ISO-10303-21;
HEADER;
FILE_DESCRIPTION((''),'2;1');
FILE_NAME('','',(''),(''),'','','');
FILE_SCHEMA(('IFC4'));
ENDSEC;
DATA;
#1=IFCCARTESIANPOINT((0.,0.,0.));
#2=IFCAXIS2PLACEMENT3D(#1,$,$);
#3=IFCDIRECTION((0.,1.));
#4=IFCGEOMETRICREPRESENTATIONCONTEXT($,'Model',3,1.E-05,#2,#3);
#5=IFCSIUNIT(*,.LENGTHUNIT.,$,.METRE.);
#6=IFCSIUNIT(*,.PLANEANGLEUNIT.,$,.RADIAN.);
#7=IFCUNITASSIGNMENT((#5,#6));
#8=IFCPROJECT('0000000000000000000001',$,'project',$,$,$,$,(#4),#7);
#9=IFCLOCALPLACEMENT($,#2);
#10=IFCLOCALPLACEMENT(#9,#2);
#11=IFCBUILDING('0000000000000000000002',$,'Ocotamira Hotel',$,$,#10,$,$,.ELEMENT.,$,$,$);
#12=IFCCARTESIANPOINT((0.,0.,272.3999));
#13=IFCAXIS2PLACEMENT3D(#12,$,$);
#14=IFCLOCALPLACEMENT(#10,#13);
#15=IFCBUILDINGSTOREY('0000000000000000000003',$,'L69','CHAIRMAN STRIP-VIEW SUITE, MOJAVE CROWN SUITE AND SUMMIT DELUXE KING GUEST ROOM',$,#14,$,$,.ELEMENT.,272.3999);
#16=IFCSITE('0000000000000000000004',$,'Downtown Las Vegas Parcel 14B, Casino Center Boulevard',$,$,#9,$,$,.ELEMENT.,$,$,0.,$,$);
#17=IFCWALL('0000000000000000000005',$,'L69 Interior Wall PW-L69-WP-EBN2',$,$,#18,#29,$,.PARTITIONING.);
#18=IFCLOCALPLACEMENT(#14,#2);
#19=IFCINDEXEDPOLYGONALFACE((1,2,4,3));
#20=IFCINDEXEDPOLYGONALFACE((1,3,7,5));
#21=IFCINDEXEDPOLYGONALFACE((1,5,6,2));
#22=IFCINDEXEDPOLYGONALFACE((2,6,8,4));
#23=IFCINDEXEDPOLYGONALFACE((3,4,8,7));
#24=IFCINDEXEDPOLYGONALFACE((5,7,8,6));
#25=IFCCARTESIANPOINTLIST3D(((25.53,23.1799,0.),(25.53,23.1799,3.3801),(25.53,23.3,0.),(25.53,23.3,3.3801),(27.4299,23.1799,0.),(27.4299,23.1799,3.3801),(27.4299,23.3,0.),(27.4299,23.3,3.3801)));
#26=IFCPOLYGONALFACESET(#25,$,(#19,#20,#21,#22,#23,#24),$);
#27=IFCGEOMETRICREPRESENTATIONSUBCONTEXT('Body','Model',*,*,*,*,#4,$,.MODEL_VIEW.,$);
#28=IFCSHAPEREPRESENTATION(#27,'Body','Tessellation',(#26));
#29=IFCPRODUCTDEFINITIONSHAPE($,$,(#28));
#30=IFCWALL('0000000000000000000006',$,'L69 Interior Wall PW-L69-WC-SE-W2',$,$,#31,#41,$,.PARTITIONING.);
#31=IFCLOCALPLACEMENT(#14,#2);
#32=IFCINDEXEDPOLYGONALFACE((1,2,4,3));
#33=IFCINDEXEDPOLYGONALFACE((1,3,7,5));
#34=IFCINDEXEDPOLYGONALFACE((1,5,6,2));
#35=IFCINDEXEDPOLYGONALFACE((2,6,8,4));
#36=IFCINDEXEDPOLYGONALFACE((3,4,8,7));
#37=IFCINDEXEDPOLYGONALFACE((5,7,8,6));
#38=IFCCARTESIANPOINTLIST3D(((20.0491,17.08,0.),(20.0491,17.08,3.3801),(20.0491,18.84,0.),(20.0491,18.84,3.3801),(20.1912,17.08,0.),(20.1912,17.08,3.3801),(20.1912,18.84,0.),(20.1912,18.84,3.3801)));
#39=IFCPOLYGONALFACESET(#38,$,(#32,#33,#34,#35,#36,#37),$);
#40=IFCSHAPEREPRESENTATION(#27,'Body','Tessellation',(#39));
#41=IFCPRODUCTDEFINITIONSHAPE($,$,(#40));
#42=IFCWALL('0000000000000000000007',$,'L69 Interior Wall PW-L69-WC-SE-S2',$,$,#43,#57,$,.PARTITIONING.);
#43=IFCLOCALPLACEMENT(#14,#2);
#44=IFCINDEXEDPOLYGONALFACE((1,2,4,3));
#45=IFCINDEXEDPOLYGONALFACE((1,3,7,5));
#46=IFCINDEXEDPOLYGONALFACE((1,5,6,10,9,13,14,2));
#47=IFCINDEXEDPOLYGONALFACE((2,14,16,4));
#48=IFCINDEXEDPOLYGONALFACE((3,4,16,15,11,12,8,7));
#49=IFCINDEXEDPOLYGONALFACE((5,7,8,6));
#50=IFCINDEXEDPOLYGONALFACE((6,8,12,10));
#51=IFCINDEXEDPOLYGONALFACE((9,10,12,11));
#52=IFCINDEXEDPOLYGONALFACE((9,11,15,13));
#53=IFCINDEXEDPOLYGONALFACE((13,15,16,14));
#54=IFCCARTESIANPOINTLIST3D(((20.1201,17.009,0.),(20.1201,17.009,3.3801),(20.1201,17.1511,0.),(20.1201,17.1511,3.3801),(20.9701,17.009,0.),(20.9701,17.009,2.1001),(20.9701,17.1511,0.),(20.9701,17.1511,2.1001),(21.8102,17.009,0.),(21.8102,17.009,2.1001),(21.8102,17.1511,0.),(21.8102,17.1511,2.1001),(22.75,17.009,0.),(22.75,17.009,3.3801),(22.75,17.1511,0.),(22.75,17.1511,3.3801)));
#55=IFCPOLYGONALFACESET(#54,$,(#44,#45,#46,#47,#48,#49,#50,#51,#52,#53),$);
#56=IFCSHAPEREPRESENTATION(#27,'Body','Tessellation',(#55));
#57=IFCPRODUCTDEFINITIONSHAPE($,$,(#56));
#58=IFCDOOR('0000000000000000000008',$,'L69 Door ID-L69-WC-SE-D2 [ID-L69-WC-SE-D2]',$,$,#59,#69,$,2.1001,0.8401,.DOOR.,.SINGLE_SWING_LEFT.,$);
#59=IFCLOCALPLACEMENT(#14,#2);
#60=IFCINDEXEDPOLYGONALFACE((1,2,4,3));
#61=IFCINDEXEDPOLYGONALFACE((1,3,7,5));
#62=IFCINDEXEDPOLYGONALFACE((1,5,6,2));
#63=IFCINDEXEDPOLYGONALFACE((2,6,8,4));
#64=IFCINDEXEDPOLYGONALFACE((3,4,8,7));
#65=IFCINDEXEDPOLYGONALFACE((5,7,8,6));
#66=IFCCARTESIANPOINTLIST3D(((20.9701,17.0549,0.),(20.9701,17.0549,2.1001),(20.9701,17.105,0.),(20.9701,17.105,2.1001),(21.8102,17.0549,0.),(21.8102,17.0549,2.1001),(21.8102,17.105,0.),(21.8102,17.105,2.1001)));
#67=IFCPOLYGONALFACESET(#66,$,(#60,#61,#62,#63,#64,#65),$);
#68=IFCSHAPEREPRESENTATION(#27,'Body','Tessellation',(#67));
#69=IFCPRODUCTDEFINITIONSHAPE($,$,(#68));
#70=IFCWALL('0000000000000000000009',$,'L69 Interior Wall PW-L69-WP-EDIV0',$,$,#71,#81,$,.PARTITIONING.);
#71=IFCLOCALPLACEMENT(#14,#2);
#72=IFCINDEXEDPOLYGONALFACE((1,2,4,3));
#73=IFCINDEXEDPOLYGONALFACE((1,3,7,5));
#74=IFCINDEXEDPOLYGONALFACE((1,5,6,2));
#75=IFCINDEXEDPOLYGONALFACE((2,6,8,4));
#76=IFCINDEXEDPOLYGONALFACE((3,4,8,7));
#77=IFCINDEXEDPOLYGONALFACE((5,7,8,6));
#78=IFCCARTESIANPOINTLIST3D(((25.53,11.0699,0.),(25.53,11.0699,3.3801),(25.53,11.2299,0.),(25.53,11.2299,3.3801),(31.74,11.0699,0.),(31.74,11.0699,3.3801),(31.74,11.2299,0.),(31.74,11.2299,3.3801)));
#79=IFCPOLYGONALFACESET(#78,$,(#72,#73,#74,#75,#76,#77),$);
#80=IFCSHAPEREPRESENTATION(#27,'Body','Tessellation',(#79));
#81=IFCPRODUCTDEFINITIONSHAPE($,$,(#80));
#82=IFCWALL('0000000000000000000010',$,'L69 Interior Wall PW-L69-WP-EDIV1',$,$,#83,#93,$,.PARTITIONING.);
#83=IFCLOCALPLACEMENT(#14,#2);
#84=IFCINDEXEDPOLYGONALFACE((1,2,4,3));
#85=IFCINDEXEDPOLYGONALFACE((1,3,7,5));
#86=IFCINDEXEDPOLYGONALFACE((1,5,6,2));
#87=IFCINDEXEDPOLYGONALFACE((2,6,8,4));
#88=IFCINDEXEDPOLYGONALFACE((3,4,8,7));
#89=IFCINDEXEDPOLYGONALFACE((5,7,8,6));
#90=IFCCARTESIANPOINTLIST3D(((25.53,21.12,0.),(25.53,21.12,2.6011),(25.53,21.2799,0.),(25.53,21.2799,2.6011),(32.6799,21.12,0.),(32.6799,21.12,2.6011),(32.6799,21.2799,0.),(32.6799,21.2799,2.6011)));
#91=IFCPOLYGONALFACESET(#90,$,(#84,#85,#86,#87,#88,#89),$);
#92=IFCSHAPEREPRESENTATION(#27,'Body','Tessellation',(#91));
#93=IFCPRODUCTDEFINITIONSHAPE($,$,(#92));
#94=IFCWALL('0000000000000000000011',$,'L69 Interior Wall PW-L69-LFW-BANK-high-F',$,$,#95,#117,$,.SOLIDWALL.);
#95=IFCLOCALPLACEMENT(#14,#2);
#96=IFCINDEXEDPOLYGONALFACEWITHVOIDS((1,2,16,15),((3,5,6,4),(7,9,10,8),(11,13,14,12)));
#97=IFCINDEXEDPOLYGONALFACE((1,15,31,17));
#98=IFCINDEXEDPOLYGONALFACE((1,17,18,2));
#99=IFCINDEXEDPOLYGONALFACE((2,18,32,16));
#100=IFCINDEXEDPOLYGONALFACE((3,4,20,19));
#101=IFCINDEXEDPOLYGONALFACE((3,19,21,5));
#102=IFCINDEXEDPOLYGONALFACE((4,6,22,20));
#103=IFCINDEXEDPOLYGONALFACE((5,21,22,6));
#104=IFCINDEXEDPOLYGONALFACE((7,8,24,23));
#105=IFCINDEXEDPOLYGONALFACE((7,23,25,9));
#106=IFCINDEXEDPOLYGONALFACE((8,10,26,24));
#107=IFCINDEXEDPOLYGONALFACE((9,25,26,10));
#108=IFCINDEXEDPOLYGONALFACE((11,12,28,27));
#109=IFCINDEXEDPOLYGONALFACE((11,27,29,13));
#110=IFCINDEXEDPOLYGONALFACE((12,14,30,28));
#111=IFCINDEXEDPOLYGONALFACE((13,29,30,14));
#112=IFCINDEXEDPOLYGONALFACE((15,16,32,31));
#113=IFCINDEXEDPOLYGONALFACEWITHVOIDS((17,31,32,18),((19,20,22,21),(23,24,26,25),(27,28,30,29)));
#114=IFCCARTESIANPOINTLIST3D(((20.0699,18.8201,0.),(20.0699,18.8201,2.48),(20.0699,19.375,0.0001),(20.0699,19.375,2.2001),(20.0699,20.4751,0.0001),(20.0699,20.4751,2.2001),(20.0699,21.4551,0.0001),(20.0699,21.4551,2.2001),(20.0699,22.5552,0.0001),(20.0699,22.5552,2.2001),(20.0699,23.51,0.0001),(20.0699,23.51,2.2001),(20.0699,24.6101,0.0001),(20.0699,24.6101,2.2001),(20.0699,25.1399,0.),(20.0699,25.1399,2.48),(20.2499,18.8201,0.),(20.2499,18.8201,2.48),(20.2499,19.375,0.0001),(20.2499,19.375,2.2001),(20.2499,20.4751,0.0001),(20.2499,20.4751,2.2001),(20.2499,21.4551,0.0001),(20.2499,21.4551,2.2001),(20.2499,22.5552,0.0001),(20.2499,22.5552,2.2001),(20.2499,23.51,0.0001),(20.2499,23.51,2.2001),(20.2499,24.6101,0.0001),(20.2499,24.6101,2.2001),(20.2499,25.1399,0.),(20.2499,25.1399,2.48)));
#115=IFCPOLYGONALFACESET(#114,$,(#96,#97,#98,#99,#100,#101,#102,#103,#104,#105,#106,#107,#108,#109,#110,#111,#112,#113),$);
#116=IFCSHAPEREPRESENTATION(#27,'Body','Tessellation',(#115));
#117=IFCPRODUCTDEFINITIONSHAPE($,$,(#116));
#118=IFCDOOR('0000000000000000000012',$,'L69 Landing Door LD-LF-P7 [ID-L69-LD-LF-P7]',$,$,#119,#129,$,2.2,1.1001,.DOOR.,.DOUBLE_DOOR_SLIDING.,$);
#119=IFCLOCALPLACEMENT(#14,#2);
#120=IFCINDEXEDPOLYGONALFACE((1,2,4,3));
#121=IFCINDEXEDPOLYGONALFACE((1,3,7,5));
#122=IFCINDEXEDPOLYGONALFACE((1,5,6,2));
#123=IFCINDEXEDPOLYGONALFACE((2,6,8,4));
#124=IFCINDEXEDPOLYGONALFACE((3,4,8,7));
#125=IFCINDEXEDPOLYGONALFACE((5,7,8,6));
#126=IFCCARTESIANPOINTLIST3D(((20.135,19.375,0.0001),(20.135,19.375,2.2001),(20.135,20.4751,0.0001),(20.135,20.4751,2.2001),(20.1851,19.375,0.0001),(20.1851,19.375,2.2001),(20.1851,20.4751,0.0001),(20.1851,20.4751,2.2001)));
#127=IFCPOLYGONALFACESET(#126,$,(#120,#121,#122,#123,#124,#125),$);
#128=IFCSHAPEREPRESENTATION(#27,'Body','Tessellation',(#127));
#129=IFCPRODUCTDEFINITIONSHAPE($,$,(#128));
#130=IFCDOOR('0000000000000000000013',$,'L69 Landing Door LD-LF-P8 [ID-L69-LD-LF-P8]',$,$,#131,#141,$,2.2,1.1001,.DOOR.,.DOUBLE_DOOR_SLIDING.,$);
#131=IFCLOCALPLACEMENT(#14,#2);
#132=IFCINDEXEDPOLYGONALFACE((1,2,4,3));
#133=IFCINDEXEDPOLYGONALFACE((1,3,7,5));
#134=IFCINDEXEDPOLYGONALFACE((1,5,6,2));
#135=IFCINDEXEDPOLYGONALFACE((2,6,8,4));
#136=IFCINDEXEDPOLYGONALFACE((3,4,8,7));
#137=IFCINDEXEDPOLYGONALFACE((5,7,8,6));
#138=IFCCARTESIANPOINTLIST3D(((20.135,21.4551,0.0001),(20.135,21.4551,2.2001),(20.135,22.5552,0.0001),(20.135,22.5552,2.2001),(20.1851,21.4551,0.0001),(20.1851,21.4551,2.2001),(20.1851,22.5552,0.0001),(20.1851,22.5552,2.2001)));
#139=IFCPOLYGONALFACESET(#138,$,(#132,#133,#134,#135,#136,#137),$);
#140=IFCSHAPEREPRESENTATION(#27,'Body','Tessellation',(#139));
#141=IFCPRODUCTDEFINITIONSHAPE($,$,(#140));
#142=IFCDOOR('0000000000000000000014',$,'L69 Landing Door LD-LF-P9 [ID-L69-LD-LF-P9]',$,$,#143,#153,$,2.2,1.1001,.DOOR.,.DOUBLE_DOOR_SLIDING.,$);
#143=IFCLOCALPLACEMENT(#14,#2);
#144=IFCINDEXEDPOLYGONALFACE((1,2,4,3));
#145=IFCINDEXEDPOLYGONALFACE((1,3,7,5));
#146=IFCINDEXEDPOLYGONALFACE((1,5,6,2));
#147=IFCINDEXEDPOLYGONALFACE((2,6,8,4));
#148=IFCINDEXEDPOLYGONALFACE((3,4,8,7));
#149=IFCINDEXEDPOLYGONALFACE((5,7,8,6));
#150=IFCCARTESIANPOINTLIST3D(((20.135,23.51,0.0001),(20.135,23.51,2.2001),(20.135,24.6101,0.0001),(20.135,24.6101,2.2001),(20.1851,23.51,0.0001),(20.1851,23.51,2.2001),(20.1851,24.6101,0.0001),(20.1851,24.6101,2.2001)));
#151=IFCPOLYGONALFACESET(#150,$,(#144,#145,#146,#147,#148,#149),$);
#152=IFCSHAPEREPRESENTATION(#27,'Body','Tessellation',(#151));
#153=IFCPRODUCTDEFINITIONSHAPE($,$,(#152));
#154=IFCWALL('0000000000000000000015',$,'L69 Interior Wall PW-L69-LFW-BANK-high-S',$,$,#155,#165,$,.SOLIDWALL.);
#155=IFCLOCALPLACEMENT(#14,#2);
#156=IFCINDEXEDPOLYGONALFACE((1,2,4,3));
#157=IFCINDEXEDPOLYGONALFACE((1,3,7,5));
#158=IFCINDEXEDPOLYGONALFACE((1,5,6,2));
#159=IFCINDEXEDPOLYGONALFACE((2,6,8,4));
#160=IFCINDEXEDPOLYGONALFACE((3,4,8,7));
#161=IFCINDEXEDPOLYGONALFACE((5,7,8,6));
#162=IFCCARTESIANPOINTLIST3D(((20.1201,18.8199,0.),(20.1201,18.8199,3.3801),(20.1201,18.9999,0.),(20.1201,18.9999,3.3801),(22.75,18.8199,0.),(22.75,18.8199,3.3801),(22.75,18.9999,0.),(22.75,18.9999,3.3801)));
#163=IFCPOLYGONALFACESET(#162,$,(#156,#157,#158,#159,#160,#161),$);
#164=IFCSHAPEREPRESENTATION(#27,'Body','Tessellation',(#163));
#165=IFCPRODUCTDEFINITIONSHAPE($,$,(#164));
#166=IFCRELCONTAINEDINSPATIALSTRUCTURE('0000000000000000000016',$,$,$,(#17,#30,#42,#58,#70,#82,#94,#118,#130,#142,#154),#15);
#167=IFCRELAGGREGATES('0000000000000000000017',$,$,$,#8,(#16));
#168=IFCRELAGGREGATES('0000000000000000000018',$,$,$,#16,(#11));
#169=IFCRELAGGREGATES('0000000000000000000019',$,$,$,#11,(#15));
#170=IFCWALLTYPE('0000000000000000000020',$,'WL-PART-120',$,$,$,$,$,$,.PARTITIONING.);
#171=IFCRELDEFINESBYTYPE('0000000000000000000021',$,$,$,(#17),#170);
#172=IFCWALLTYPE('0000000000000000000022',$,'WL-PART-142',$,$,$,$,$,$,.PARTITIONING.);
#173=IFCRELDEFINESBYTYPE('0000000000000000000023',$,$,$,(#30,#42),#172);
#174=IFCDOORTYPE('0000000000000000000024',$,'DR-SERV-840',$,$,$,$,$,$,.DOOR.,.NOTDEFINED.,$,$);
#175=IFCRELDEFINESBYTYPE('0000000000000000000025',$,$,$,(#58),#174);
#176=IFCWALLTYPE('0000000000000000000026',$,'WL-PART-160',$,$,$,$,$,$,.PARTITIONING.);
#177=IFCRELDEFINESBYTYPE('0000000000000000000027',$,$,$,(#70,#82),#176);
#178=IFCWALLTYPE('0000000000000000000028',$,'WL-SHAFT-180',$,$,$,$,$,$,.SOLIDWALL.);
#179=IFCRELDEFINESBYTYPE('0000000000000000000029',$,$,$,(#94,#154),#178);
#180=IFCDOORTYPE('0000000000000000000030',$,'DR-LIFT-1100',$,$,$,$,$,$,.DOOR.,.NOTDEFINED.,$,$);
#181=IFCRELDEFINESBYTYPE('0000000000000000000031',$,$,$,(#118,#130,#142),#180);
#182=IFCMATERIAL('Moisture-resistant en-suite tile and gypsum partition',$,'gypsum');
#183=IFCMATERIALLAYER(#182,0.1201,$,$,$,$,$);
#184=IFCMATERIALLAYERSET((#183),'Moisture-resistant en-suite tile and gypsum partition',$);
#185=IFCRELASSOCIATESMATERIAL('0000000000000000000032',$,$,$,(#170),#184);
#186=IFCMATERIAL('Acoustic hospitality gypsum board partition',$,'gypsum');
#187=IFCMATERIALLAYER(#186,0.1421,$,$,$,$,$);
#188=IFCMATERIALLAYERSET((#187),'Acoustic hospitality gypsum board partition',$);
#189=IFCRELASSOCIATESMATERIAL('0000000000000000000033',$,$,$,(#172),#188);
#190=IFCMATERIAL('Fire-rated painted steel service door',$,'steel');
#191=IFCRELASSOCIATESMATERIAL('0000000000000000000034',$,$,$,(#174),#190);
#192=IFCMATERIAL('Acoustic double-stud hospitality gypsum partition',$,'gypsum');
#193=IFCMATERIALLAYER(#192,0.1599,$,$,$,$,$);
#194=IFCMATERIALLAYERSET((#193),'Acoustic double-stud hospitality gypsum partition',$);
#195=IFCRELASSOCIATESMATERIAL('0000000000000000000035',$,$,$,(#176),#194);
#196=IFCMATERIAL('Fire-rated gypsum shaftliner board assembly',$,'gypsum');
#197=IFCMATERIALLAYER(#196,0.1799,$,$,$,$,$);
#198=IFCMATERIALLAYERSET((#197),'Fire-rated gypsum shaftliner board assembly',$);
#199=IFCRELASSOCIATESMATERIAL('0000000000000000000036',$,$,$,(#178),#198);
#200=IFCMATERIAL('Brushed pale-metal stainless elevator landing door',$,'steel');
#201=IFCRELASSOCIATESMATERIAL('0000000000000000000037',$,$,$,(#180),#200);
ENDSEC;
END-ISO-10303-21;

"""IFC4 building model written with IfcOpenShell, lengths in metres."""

from ifc_helpers import new_model, si_unit, direction, frame, frame_2d, origin, place, context, subcontext, project, spatial, rectangle, extrude, source, transform, mapped, material, layer, layer_set, type_object, element, fill, save


model = new_model("IFC4")

# Units and contexts
model_context = context("Model", 3, precision=1e-05, world=origin(), true_north=direction((0.0, 1.0)))
body_context = subcontext(model_context, "Body", "Model", "MODEL_VIEW")
ifc_project = project(units=[si_unit("LENGTHUNIT", "METRE"), si_unit("PLANEANGLEUNIT", "RADIAN")], contexts=[model_context])

# Site, building, storey
site_placement = place(None, origin())
site = spatial("IfcSite", under=ifc_project, at=site_placement, Name="Downtown Las Vegas Parcel 14B, Casino Center Boulevard", CompositionType="ELEMENT", RefElevation=0.0)
building_placement = place(site_placement, origin())
building = spatial("IfcBuilding", under=site, at=building_placement, Name="Ocotamira Hotel", CompositionType="ELEMENT")
storey_placement = place(building_placement, frame((0.0, 0.0, 272.3999)))
storey = spatial("IfcBuildingStorey", under=building, at=storey_placement, Name="L69", Description="CHAIRMAN STRIP-VIEW SUITE, MOJAVE CROWN SUITE AND SUMMIT DELUXE KING GUEST ROOM", CompositionType="ELEMENT", Elevation=272.3999)

# Shared definitions
ifc_material_1 = material(Name="Moisture-resistant en-suite tile and gypsum partition", Category="gypsum")
ifc_layer_1 = layer(ifc_material_1, 0.1201)
ifc_layer_set_1 = layer_set([ifc_layer_1], Name="Moisture-resistant en-suite tile and gypsum partition")
wall_type_1 = type_object("IfcWallType", Name="WL-PART-120", PredefinedType="PARTITIONING", material=ifc_layer_set_1)

# Walls
wall_1_placement = place(storey_placement, frame((25.53, 23.24, 0.0), z_axis=(0.0, 0.0, 1.0), x_axis=(1.0, 0.0, 0.0)))
element("IfcWall", 1, at=wall_1_placement, inside=storey, type_object=wall_type_1, Name="L69 Interior Wall PW-L69-WP-EBN2", PredefinedType="PARTITIONING", context=body_context, shape_type="SweptSolid", body=[
    extrude(rectangle(XDim=1.8999, YDim=0.1201, at=frame_2d((0.95, 0.0))), origin(), (0.0, 0.0, 1.0), 3.3801),
])
ifc_material_2 = material(Name="Acoustic hospitality gypsum board partition", Category="gypsum")
ifc_layer_2 = layer(ifc_material_2, 0.1421)
ifc_layer_set_2 = layer_set([ifc_layer_2], Name="Acoustic hospitality gypsum board partition")
wall_type_2 = type_object("IfcWallType", Name="WL-PART-142", PredefinedType="PARTITIONING", material=ifc_layer_set_2)
wall_2_placement = place(storey_placement, frame((20.1201, 17.0801, 0.0), z_axis=(0.0, 0.0, 1.0), x_axis=(0.0, 1.0, 0.0)))
element("IfcWall", 2, at=wall_2_placement, inside=storey, type_object=wall_type_2, Name="L69 Interior Wall PW-L69-WC-SE-W2", PredefinedType="PARTITIONING", context=body_context, shape_type="SweptSolid", body=[
    extrude(rectangle(XDim=1.76, YDim=0.1421, at=frame_2d((0.8799, 0.0))), origin(), (0.0, 0.0, 1.0), 3.3801),
])

# Wall, opening, door
wall_3_placement = place(storey_placement, frame((20.1201, 17.0801, 0.0), z_axis=(0.0, 0.0, 1.0), x_axis=(1.0, 0.0, 0.0)))
wall_3 = element("IfcWall", 3, at=wall_3_placement, inside=storey, type_object=wall_type_2, Name="L69 Interior Wall PW-L69-WC-SE-S2", PredefinedType="PARTITIONING", context=body_context, shape_type="SweptSolid", body=[
    extrude(rectangle(XDim=2.6299, YDim=0.1421, at=frame_2d((1.3149, 0.0))), origin(), (0.0, 0.0, 1.0), 3.3801),
])
opening_1_placement = place(wall_3_placement, frame((0.8501, 0.0, 0.0)))
opening_1 = element("IfcOpeningElement", 4, at=opening_1_placement, cuts=wall_3, PredefinedType="OPENING", context=body_context, shape_type="SweptSolid", body=[
    extrude(rectangle(XDim=0.8401, YDim=2.1001, at=frame_2d((0.4199, 1.05))), frame((0.0, 0.0811, 0.0), z_axis=(0.0, -1.0, 0.0), x_axis=(1.0, 0.0, 0.0)), (0.0, 0.0, 1.0), 0.1621),
])
ifc_material_3 = material(Name="Fire-rated painted steel service door", Category="steel")
door_type_1 = type_object("IfcDoorType", Name="DR-SERV-840", OperationType="NOTDEFINED", PredefinedType="DOOR", material=ifc_material_3)
shared_shape_1 = source(origin(), body_context, "Body", "SweptSolid", [
    extrude(rectangle(XDim=0.8401, YDim=2.1001, at=frame_2d((0.4199, 1.05))), frame((0.0, 0.0249, 0.0), z_axis=(0.0, -1.0, 0.0), x_axis=(1.0, 0.0, 0.0)), (0.0, 0.0, 1.0), 0.05),
])
door_1_placement = place(opening_1_placement, origin())
door_1 = element("IfcDoor", 5, at=door_1_placement, inside=storey, type_object=door_type_1, Name="L69 Door ID-L69-WC-SE-D2 [ID-L69-WC-SE-D2]", OperationType="SINGLE_SWING_LEFT", OverallHeight=2.1001, OverallWidth=0.8401, PredefinedType="DOOR", context=body_context, shape_type="MappedRepresentation", body=[
    mapped(shared_shape_1, transform((0.0, 0.0, 0.0), scale=1.0)),
])
fill(opening_1, door_1)

# Walls
ifc_material_4 = material(Name="Acoustic double-stud hospitality gypsum partition", Category="gypsum")
ifc_layer_3 = layer(ifc_material_4, 0.1599)
ifc_layer_set_3 = layer_set([ifc_layer_3], Name="Acoustic double-stud hospitality gypsum partition")
wall_type_3 = type_object("IfcWallType", Name="WL-PART-160", PredefinedType="PARTITIONING", material=ifc_layer_set_3)
wall_4_placement = place(storey_placement, frame((25.53, 11.1499, 0.0), z_axis=(0.0, 0.0, 1.0), x_axis=(1.0, 0.0, 0.0)))
element("IfcWall", 6, at=wall_4_placement, inside=storey, type_object=wall_type_3, Name="L69 Interior Wall PW-L69-WP-EDIV0", PredefinedType="PARTITIONING", context=body_context, shape_type="SweptSolid", body=[
    extrude(rectangle(XDim=6.21, YDim=0.1599, at=frame_2d((3.105, 0.0))), origin(), (0.0, 0.0, 1.0), 3.3801),
])
wall_5_placement = place(storey_placement, frame((25.53, 21.2, 0.0), z_axis=(0.0, 0.0, 1.0), x_axis=(1.0, 0.0, 0.0)))
element("IfcWall", 7, at=wall_5_placement, inside=storey, type_object=wall_type_3, Name="L69 Interior Wall PW-L69-WP-EDIV1", PredefinedType="PARTITIONING", context=body_context, shape_type="SweptSolid", body=[
    extrude(rectangle(XDim=7.1499, YDim=0.1599, at=frame_2d((3.575, 0.0))), origin(), (0.0, 0.0, 1.0), 2.6011),
])

# Wall, openings, doors
ifc_material_5 = material(Name="Fire-rated gypsum shaftliner board assembly", Category="gypsum")
ifc_layer_4 = layer(ifc_material_5, 0.1799)
ifc_layer_set_4 = layer_set([ifc_layer_4], Name="Fire-rated gypsum shaftliner board assembly")
wall_type_4 = type_object("IfcWallType", Name="WL-SHAFT-180", PredefinedType="SOLIDWALL", material=ifc_layer_set_4)
wall_6_placement = place(storey_placement, frame((20.1599, 18.8201, 0.0), z_axis=(0.0, 0.0, 1.0), x_axis=(0.0, 1.0, 0.0)))
wall_6 = element("IfcWall", 8, at=wall_6_placement, inside=storey, type_object=wall_type_4, Name="L69 Interior Wall PW-L69-LFW-BANK-high-F", PredefinedType="SOLIDWALL", context=body_context, shape_type="SweptSolid", body=[
    extrude(rectangle(XDim=6.3198, YDim=0.1799, at=frame_2d((3.1599, 0.0))), origin(), (0.0, 0.0, 1.0), 2.48),
])
opening_2_placement = place(wall_6_placement, frame((0.5549, 0.0, 0.0)))
opening_2 = element("IfcOpeningElement", 9, at=opening_2_placement, cuts=wall_6, PredefinedType="OPENING", context=body_context, shape_type="SweptSolid", body=[
    extrude(rectangle(XDim=1.1001, YDim=2.2, at=frame_2d((0.55, 1.1001))), frame((0.0, 0.1001, 0.0), z_axis=(0.0, -1.0, 0.0), x_axis=(1.0, 0.0, 0.0)), (0.0, 0.0, 1.0), 0.2),
])
opening_3_placement = place(wall_6_placement, frame((2.635, 0.0, 0.0)))
opening_3 = element("IfcOpeningElement", 10, at=opening_3_placement, cuts=wall_6, PredefinedType="OPENING", context=body_context, shape_type="SweptSolid", body=[
    extrude(rectangle(XDim=1.1001, YDim=2.2, at=frame_2d((0.55, 1.1001))), frame((0.0, 0.1001, 0.0), z_axis=(0.0, -1.0, 0.0), x_axis=(1.0, 0.0, 0.0)), (0.0, 0.0, 1.0), 0.2),
])
opening_4_placement = place(wall_6_placement, frame((4.6899, 0.0, 0.0)))
opening_4 = element("IfcOpeningElement", 11, at=opening_4_placement, cuts=wall_6, PredefinedType="OPENING", context=body_context, shape_type="SweptSolid", body=[
    extrude(rectangle(XDim=1.1001, YDim=2.2, at=frame_2d((0.55, 1.1001))), frame((0.0, 0.1001, 0.0), z_axis=(0.0, -1.0, 0.0), x_axis=(1.0, 0.0, 0.0)), (0.0, 0.0, 1.0), 0.2),
])
ifc_material_6 = material(Name="Brushed pale-metal stainless elevator landing door", Category="steel")
door_type_2 = type_object("IfcDoorType", Name="DR-LIFT-1100", OperationType="NOTDEFINED", PredefinedType="DOOR", material=ifc_material_6)
shared_shape_2 = source(origin(), body_context, "Body", "SweptSolid", [
    extrude(rectangle(XDim=1.1001, YDim=2.2, at=frame_2d((0.55, 1.1001))), frame((0.0, 0.0249, 0.0), z_axis=(0.0, -1.0, 0.0), x_axis=(1.0, 0.0, 0.0)), (0.0, 0.0, 1.0), 0.05),
])
door_2_placement = place(opening_2_placement, origin())
door_2 = element("IfcDoor", 12, at=door_2_placement, inside=storey, type_object=door_type_2, Name="L69 Landing Door LD-LF-P7 [ID-L69-LD-LF-P7]", OperationType="DOUBLE_DOOR_SLIDING", OverallHeight=2.2, OverallWidth=1.1001, PredefinedType="DOOR", context=body_context, shape_type="MappedRepresentation", body=[
    mapped(shared_shape_2, transform((0.0, 0.0, 0.0), scale=1.0)),
])
fill(opening_2, door_2)
door_3_placement = place(opening_3_placement, origin())
door_3 = element("IfcDoor", 13, at=door_3_placement, inside=storey, type_object=door_type_2, Name="L69 Landing Door LD-LF-P8 [ID-L69-LD-LF-P8]", OperationType="DOUBLE_DOOR_SLIDING", OverallHeight=2.2, OverallWidth=1.1001, PredefinedType="DOOR", context=body_context, shape_type="MappedRepresentation", body=[
    mapped(shared_shape_2, transform((0.0, 0.0, 0.0), scale=1.0)),
])
fill(opening_3, door_3)
door_4_placement = place(opening_4_placement, origin())
door_4 = element("IfcDoor", 14, at=door_4_placement, inside=storey, type_object=door_type_2, Name="L69 Landing Door LD-LF-P9 [ID-L69-LD-LF-P9]", OperationType="DOUBLE_DOOR_SLIDING", OverallHeight=2.2, OverallWidth=1.1001, PredefinedType="DOOR", context=body_context, shape_type="MappedRepresentation", body=[
    mapped(shared_shape_2, transform((0.0, 0.0, 0.0), scale=1.0)),
])
fill(opening_4, door_4)

# Wall
wall_7_placement = place(storey_placement, frame((20.1201, 18.9099, 0.0), z_axis=(0.0, 0.0, 1.0), x_axis=(1.0, 0.0, 0.0)))
element("IfcWall", 15, at=wall_7_placement, inside=storey, type_object=wall_type_4, Name="L69 Interior Wall PW-L69-LFW-BANK-high-S", PredefinedType="SOLIDWALL", context=body_context, shape_type="SweptSolid", body=[
    extrude(rectangle(XDim=2.6299, YDim=0.1799, at=frame_2d((1.3149, 0.0))), origin(), (0.0, 0.0, 1.0), 3.3801),
])

save(model, "model.ifc")
